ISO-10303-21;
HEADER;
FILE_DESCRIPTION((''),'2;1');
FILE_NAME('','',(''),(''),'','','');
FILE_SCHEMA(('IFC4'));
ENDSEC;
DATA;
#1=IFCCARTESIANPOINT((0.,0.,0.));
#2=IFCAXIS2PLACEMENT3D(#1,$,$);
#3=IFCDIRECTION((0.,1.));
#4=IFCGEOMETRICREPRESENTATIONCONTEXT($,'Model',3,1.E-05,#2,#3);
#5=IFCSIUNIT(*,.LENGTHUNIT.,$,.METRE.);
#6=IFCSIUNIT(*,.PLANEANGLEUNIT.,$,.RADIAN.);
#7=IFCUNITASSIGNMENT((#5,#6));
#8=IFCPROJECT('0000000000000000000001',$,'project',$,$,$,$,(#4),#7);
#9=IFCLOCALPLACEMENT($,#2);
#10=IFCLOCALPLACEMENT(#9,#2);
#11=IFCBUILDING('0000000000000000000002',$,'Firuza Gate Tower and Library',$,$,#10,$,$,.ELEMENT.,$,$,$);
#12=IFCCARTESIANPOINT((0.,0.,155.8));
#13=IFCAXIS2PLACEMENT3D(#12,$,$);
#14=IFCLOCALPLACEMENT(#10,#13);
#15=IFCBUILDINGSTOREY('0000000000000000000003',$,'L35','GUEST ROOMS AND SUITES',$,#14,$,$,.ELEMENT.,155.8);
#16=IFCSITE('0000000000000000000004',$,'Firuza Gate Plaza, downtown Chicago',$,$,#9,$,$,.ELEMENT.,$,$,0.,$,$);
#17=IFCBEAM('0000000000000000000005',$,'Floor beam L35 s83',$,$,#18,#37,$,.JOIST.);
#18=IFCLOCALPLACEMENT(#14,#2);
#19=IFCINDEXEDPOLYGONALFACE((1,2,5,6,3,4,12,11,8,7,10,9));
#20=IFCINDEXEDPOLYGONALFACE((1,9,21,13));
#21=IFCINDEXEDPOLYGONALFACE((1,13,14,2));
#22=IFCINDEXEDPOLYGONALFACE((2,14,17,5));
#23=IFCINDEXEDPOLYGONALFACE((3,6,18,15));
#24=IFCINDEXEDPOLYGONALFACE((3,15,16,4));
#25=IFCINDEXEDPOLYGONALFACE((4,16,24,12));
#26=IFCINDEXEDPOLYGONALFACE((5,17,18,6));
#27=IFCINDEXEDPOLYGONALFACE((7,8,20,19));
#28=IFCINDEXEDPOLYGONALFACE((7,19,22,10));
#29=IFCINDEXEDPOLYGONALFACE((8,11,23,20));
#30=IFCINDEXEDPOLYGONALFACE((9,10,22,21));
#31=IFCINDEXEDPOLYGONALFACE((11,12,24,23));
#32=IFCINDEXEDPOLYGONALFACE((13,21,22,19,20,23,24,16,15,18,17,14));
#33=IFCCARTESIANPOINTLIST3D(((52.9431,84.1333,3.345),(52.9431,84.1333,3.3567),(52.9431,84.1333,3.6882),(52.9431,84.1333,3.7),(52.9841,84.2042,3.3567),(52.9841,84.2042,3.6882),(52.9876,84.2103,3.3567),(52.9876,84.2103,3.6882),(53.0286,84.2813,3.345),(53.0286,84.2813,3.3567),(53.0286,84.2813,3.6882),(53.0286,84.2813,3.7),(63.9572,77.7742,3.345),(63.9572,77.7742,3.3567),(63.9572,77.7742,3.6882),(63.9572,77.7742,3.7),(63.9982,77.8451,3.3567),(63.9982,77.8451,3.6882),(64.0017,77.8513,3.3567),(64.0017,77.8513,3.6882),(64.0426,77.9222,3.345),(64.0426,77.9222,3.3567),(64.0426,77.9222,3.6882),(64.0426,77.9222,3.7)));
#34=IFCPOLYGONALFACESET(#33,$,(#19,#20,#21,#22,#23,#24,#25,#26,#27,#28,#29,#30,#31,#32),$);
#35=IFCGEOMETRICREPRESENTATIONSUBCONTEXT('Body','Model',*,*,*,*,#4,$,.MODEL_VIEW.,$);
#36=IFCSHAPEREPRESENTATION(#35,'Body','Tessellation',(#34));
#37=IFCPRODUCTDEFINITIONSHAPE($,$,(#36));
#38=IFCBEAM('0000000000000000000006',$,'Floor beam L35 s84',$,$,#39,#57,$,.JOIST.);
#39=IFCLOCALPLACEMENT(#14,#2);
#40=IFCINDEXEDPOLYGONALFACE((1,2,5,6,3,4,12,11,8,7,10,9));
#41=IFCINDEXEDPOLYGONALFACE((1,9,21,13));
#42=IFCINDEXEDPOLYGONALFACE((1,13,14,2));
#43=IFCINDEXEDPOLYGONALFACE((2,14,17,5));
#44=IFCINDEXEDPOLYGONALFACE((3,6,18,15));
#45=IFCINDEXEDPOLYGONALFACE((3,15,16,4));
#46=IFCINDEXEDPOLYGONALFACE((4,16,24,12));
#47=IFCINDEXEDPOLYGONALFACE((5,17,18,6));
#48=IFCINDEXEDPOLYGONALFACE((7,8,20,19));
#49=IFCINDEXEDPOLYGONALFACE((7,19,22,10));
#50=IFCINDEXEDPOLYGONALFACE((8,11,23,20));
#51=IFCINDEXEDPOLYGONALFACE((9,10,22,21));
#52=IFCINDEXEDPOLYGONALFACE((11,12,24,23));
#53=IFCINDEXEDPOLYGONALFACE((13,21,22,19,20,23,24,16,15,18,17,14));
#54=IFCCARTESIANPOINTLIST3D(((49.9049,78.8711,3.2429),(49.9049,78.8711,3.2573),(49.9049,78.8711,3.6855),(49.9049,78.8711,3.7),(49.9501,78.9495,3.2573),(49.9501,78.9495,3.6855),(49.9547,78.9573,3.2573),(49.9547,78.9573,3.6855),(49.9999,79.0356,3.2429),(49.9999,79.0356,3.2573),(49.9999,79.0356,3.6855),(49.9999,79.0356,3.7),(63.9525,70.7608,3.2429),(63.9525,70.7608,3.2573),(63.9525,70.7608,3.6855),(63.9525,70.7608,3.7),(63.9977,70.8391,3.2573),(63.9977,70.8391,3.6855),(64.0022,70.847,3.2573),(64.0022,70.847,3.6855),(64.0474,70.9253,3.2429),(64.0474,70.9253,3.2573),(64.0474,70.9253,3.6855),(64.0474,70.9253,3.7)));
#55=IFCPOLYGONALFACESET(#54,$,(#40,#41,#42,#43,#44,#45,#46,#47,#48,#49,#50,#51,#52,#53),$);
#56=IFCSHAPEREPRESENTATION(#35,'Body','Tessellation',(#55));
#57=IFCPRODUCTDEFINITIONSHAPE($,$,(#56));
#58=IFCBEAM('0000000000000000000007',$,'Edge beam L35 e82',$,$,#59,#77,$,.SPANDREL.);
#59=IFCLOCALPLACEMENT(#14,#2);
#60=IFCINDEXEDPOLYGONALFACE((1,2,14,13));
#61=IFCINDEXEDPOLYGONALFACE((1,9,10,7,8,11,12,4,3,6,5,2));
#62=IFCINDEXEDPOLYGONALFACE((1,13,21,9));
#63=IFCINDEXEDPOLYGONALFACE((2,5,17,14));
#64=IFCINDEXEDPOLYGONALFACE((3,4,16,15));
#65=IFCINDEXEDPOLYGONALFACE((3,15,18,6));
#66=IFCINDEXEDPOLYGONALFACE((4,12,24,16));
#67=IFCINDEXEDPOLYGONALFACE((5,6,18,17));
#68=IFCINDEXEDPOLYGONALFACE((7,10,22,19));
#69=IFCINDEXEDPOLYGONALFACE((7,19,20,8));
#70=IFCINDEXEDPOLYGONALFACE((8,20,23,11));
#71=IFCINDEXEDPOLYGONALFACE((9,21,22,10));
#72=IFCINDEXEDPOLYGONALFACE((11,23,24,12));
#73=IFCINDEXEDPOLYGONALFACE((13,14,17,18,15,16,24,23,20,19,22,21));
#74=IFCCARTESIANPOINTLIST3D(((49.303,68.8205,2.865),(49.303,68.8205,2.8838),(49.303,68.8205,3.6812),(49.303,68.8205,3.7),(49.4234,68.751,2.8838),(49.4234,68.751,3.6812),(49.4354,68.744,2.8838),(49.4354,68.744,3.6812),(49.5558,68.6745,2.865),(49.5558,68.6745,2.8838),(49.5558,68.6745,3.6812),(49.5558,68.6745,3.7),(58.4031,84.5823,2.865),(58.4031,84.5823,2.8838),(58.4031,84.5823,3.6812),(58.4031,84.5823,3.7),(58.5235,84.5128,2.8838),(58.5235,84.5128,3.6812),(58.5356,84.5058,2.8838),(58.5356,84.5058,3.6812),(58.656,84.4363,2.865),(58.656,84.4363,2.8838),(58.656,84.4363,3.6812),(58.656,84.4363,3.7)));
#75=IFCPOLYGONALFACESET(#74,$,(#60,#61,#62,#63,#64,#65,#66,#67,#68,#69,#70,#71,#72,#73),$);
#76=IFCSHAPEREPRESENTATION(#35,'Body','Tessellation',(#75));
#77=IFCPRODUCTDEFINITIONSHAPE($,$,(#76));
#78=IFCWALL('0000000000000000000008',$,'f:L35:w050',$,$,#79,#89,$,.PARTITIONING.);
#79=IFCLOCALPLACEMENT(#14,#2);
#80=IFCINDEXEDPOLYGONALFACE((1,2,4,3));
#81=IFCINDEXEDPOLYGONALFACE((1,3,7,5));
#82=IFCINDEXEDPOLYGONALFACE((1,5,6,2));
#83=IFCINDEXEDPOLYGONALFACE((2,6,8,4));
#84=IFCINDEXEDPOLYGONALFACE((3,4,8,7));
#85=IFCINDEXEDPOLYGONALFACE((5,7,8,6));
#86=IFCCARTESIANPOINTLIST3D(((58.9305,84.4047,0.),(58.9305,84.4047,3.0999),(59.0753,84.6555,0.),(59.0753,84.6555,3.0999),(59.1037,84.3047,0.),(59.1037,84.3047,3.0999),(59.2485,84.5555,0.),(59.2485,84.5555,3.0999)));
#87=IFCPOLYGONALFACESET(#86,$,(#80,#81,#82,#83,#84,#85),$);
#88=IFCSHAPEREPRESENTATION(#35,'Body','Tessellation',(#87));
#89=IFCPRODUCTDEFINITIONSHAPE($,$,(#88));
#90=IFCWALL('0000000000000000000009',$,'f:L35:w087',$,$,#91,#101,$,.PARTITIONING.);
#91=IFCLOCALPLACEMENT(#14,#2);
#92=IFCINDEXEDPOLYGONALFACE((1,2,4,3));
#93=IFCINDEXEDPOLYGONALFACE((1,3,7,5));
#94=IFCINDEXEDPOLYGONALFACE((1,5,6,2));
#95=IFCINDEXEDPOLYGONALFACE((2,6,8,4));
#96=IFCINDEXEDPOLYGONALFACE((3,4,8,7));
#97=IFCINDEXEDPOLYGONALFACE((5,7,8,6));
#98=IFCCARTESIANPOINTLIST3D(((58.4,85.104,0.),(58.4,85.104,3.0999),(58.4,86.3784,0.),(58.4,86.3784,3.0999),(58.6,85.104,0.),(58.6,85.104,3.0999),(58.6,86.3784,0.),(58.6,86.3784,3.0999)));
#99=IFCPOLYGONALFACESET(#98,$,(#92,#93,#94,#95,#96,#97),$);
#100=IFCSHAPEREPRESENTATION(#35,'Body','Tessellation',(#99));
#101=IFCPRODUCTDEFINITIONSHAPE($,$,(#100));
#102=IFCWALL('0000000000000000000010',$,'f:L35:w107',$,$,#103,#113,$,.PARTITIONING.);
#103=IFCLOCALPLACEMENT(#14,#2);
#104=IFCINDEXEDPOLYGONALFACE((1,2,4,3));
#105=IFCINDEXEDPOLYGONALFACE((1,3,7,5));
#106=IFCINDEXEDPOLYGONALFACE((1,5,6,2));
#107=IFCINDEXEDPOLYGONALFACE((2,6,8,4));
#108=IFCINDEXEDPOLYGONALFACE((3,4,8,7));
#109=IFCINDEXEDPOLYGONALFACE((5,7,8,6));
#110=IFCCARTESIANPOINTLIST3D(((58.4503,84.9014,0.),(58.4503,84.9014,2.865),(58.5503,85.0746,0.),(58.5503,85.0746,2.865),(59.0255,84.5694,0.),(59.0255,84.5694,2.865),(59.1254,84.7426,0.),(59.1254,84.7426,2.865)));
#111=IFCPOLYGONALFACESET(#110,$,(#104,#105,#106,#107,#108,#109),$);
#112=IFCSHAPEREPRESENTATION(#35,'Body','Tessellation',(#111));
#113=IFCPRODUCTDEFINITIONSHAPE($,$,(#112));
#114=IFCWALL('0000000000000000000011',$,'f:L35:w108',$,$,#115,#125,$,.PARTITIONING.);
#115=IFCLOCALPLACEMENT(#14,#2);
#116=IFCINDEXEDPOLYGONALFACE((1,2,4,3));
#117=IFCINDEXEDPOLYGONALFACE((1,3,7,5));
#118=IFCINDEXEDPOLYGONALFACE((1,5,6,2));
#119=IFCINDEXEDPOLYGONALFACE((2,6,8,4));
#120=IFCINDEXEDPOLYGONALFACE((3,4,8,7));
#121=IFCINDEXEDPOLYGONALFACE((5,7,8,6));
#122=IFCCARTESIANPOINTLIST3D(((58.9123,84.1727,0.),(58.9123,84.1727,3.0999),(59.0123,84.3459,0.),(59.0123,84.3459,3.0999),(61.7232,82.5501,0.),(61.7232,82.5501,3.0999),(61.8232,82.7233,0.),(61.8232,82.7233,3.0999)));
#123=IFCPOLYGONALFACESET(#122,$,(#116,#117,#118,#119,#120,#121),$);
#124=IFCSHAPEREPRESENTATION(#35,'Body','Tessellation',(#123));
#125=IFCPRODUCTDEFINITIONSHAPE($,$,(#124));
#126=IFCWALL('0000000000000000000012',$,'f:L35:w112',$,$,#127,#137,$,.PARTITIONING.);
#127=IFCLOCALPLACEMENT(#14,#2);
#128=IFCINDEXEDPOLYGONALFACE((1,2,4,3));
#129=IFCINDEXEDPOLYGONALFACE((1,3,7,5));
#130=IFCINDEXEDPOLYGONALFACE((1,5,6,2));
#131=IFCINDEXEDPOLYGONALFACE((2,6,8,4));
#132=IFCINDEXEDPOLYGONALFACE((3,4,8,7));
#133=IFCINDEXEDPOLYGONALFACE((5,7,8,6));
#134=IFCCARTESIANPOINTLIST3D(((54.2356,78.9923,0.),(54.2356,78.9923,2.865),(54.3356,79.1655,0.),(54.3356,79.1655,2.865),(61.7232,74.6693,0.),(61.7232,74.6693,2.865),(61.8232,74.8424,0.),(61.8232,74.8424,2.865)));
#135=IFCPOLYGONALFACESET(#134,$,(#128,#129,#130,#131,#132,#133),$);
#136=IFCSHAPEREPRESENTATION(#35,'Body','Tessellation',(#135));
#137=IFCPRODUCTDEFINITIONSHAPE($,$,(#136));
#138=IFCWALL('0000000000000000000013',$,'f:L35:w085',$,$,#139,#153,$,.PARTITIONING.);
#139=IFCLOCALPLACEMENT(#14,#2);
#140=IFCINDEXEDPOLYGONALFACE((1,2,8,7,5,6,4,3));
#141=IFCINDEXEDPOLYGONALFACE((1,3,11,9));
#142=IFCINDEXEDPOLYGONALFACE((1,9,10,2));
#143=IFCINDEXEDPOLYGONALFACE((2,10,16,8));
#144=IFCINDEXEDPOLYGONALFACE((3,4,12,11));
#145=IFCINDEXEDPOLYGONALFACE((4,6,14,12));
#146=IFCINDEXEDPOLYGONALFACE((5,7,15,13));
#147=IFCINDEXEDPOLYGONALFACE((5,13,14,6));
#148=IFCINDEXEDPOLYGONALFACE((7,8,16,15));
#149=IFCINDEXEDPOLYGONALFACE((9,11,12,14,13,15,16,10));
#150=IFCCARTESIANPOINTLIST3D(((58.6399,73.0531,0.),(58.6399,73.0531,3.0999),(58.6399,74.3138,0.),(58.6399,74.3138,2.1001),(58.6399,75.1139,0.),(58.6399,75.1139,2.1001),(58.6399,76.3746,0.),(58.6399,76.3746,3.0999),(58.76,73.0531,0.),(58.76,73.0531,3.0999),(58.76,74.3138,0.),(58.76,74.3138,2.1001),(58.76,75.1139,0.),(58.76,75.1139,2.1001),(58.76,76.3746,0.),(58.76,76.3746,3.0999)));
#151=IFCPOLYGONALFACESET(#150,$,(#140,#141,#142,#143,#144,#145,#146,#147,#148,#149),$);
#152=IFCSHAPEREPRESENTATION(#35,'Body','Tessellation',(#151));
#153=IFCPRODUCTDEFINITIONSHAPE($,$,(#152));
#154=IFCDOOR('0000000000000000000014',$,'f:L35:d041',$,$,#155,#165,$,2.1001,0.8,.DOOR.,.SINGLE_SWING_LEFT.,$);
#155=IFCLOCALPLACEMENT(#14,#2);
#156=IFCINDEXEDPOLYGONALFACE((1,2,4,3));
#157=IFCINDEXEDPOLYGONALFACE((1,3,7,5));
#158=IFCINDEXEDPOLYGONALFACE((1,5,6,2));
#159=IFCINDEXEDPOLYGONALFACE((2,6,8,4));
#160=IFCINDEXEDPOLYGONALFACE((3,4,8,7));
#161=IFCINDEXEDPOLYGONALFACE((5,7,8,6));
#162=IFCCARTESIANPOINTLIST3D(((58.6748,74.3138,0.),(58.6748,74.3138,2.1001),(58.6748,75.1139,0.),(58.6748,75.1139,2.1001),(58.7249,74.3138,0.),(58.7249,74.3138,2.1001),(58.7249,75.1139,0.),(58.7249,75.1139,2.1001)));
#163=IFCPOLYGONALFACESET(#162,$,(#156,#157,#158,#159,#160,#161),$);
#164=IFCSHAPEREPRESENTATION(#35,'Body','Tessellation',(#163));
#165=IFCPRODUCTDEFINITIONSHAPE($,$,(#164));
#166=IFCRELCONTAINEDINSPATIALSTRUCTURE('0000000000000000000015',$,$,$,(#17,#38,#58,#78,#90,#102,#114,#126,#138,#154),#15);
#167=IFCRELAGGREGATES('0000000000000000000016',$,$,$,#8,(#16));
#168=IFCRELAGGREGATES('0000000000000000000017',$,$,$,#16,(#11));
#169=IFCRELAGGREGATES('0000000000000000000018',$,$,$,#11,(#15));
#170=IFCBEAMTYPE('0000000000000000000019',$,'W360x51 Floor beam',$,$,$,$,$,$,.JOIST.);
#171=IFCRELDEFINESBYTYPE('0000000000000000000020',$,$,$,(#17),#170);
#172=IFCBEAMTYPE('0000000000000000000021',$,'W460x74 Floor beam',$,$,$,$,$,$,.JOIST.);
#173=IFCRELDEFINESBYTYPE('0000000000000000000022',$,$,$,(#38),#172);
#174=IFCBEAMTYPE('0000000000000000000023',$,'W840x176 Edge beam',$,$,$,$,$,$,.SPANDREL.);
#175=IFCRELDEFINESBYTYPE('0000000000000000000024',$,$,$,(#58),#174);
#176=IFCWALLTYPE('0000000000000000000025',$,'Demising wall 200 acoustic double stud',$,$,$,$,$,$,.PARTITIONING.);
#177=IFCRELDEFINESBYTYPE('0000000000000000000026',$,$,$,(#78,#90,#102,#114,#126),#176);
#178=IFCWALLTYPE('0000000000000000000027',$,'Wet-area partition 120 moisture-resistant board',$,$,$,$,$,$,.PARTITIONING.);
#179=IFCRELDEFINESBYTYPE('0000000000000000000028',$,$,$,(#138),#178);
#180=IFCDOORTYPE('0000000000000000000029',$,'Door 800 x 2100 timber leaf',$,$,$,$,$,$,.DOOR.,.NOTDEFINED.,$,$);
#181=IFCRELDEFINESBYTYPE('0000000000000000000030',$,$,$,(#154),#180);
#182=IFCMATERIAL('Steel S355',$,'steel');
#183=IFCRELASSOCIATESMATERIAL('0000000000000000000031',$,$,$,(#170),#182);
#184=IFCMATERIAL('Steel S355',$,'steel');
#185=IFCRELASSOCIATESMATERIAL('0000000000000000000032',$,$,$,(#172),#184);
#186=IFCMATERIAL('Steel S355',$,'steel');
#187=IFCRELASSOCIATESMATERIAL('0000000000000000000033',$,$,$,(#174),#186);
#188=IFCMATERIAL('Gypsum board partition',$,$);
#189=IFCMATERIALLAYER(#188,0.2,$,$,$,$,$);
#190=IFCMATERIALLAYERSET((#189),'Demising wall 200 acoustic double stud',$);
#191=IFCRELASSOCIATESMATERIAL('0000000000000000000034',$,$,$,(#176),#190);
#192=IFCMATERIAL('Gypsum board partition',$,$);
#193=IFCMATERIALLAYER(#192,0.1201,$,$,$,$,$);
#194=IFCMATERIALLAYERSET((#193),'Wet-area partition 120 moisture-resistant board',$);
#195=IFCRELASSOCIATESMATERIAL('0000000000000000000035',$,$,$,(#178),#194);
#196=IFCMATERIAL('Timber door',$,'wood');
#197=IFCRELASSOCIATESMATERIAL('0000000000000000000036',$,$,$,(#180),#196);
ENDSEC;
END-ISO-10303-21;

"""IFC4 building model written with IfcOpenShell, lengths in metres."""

from ifc_helpers import new_model, si_unit, direction, frame, frame_2d, origin, origin_2d, place, context, subcontext, project, spatial, rectangle, i_section, extrude, material, layer, layer_set, material_profile, profile_set, type_object, element, fill, save


model = new_model("IFC4")

# Units and contexts
model_context = context("Model", 3, precision=1e-05, world=origin(), true_north=direction((0.0, 1.0)))
body_context = subcontext(model_context, "Body", "Model", "MODEL_VIEW")
ifc_project = project(units=[si_unit("LENGTHUNIT", "METRE"), si_unit("PLANEANGLEUNIT", "RADIAN")], contexts=[model_context])

# Site, building, storey
site_placement = place(None, origin())
site = spatial("IfcSite", under=ifc_project, at=site_placement, Name="Firuza Gate Plaza, downtown Chicago", CompositionType="ELEMENT", RefElevation=0.0)
building_placement = place(site_placement, origin())
building = spatial("IfcBuilding", under=site, at=building_placement, Name="Firuza Gate Tower and Library", CompositionType="ELEMENT")
storey_placement = place(building_placement, frame((0.0, 0.0, 155.8)))
storey = spatial("IfcBuildingStorey", under=building, at=storey_placement, Name="L35", Description="GUEST ROOMS AND SUITES", CompositionType="ELEMENT", Elevation=155.8)

# Beams
ifc_material_1 = material(Name="Steel S355", Category="steel")
ifc_material_profile_1 = material_profile(ifc_material_1, i_section(OverallWidth=0.1709, OverallDepth=0.355, WebThickness=0.0071, FlangeThickness=0.0117, at=origin_2d()))
ifc_profile_set_1 = profile_set([ifc_material_profile_1], Name="Steel S355")
beam_type_1 = type_object("IfcBeamType", Name="W360x51 Floor beam", PredefinedType="JOIST", material=ifc_profile_set_1)
beam_1_placement = place(storey_placement, frame((52.9858, 84.2073, 3.5225), z_axis=(0.866022, -0.500006, 0.0), x_axis=(0.500006, 0.866022, 0.0)))
element("IfcBeam", 1, at=beam_1_placement, inside=storey, type_object=beam_type_1, Name="Floor beam L35 s83", PredefinedType="JOIST", context=body_context, shape_type="SweptSolid", body=[
    extrude(i_section(OverallWidth=0.1709, OverallDepth=0.355, WebThickness=0.0071, FlangeThickness=0.0117, at=origin_2d()), origin(), (0.0, 0.0, 1.0), 12.718),
])
ifc_material_2 = material(Name="Steel S355", Category="steel")
ifc_material_profile_2 = material_profile(ifc_material_2, i_section(OverallWidth=0.1899, OverallDepth=0.457, WebThickness=0.009, FlangeThickness=0.0144, at=origin_2d()))
ifc_profile_set_2 = profile_set([ifc_material_profile_2], Name="Steel S355")
beam_type_2 = type_object("IfcBeamType", Name="W460x74 Floor beam", PredefinedType="JOIST", material=ifc_profile_set_2)
beam_2_placement = place(storey_placement, frame((49.9524, 78.9534, 3.4714), z_axis=(0.866026, -0.499998, 0.0), x_axis=(0.499998, 0.866026, 0.0)))
element("IfcBeam", 2, at=beam_2_placement, inside=storey, type_object=beam_type_2, Name="Floor beam L35 s84", PredefinedType="JOIST", context=body_context, shape_type="SweptSolid", body=[
    extrude(i_section(OverallWidth=0.1899, OverallDepth=0.457, WebThickness=0.009, FlangeThickness=0.0144, at=origin_2d()), origin(), (0.0, 0.0, 1.0), 16.2207),
])
ifc_material_3 = material(Name="Steel S355", Category="steel")
ifc_material_profile_3 = material_profile(ifc_material_3, i_section(OverallWidth=0.292, OverallDepth=0.835, WebThickness=0.0139, FlangeThickness=0.0188, at=origin_2d()))
ifc_profile_set_3 = profile_set([ifc_material_profile_3], Name="Steel S355")
beam_type_3 = type_object("IfcBeamType", Name="W840x176 Edge beam", PredefinedType="SPANDREL", material=ifc_profile_set_3)
beam_3_placement = place(storey_placement, frame((58.5295, 84.5093, 3.2825), z_axis=(-0.500003, -0.866024, 0.0), x_axis=(0.866024, -0.500003, 0.0)))
element("IfcBeam", 3, at=beam_3_placement, inside=storey, type_object=beam_type_3, Name="Edge beam L35 e82", PredefinedType="SPANDREL", context=body_context, shape_type="SweptSolid", body=[
    extrude(i_section(OverallWidth=0.292, OverallDepth=0.835, WebThickness=0.0139, FlangeThickness=0.0188, at=origin_2d()), origin(), (0.0, 0.0, 1.0), 18.2002),
])

# Walls
ifc_material_4 = material(Name="Gypsum board partition")
ifc_layer_1 = layer(ifc_material_4, 0.2)
ifc_layer_set_1 = layer_set([ifc_layer_1], Name="Demising wall 200 acoustic double stud")
wall_type_1 = type_object("IfcWallType", Name="Demising wall 200 acoustic double stud", PredefinedType="PARTITIONING", material=ifc_layer_set_1)
wall_1_placement = place(storey_placement, frame((59.0171, 84.3547, 0.0), z_axis=(0.0, 0.0, 1.0), x_axis=(0.500039, 0.866003, 0.0)))
element("IfcWall", 4, at=wall_1_placement, inside=storey, type_object=wall_type_1, Name="f:L35:w050", PredefinedType="PARTITIONING", context=body_context, shape_type="SweptSolid", body=[
    extrude(rectangle(XDim=0.2896, YDim=0.2, at=frame_2d((0.1448, 0.0))), origin(), (0.0, 0.0, 1.0), 3.0999),
])
wall_2_placement = place(storey_placement, frame((58.5, 85.104, 0.0), z_axis=(0.0, 0.0, 1.0), x_axis=(0.0, 1.0, 0.0)))
element("IfcWall", 5, at=wall_2_placement, inside=storey, type_object=wall_type_1, Name="f:L35:w087", PredefinedType="PARTITIONING", context=body_context, shape_type="SweptSolid", body=[
    extrude(rectangle(XDim=1.2744, YDim=0.2, at=frame_2d((0.6372, 0.0))), origin(), (0.0, 0.0, 1.0), 3.0999),
])
wall_3_placement = place(storey_placement, frame((59.0754, 84.656, 0.0), z_axis=(0.0, 0.0, 1.0), x_axis=(-0.866063, 0.499935, 0.0)))
element("IfcWall", 6, at=wall_3_placement, inside=storey, type_object=wall_type_1, Name="f:L35:w107", PredefinedType="PARTITIONING", context=body_context, shape_type="SweptSolid", body=[
    extrude(rectangle(XDim=0.6641, YDim=0.2, at=frame_2d((0.332, 0.0))), origin(), (0.0, 0.0, 1.0), 2.865),
])
wall_4_placement = place(storey_placement, frame((61.7732, 82.6367, 0.0), z_axis=(0.0, 0.0, 1.0), x_axis=(-0.866059, 0.499942, 0.0)))
element("IfcWall", 7, at=wall_4_placement, inside=storey, type_object=wall_type_1, Name="f:L35:w108", PredefinedType="PARTITIONING", context=body_context, shape_type="SweptSolid", body=[
    extrude(rectangle(XDim=3.2456, YDim=0.2, at=frame_2d((1.6228, 0.0))), origin(), (0.0, 0.0, 1.0), 3.0999),
])
wall_5_placement = place(storey_placement, frame((61.7732, 74.7559, 0.0), z_axis=(0.0, 0.0, 1.0), x_axis=(-0.866022, 0.500005, 0.0)))
element("IfcWall", 8, at=wall_5_placement, inside=storey, type_object=wall_type_1, Name="f:L35:w112", PredefinedType="PARTITIONING", context=body_context, shape_type="SweptSolid", body=[
    extrude(rectangle(XDim=8.646, YDim=0.2, at=frame_2d((4.323, 0.0))), origin(), (0.0, 0.0, 1.0), 2.865),
])

# Wall, opening, door
ifc_material_5 = material(Name="Gypsum board partition")
ifc_layer_2 = layer(ifc_material_5, 0.1201)
ifc_layer_set_2 = layer_set([ifc_layer_2], Name="Wet-area partition 120 moisture-resistant board")
wall_type_2 = type_object("IfcWallType", Name="Wet-area partition 120 moisture-resistant board", PredefinedType="PARTITIONING", material=ifc_layer_set_2)
wall_6_placement = place(storey_placement, frame((58.7, 76.3745, 0.0), z_axis=(0.0, 0.0, 1.0), x_axis=(0.0, -1.0, 0.0)))
wall_6 = element("IfcWall", 9, at=wall_6_placement, inside=storey, type_object=wall_type_2, Name="f:L35:w085", PredefinedType="PARTITIONING", context=body_context, shape_type="SweptSolid", body=[
    extrude(rectangle(XDim=3.3215, YDim=0.1201, at=frame_2d((1.6606, 0.0))), origin(), (0.0, 0.0, 1.0), 3.0999),
])
opening_1_placement = place(wall_6_placement, frame((1.2607, 0.0, 0.0)))
opening_1 = element("IfcOpeningElement", 10, at=opening_1_placement, cuts=wall_6, PredefinedType="OPENING", context=body_context, shape_type="SweptSolid", body=[
    extrude(rectangle(XDim=0.8, YDim=2.1001, at=frame_2d((0.3999, 1.05))), frame((0.0, 0.0701, 0.0), z_axis=(0.0, -1.0, 0.0), x_axis=(1.0, 0.0, 0.0)), (0.0, 0.0, 1.0), 0.1401),
])
ifc_material_6 = material(Name="Timber door", Category="wood")
door_type = type_object("IfcDoorType", Name="Door 800 x 2100 timber leaf", OperationType="NOTDEFINED", PredefinedType="DOOR", material=ifc_material_6)
door_1_placement = place(opening_1_placement, origin())
door_1 = element("IfcDoor", 11, at=door_1_placement, inside=storey, type_object=door_type, Name="f:L35:d041", OperationType="SINGLE_SWING_LEFT", OverallHeight=2.1001, OverallWidth=0.8, PredefinedType="DOOR", context=body_context, shape_type="SweptSolid", body=[
    extrude(rectangle(XDim=0.8, YDim=2.1001, at=frame_2d((0.3999, 1.05))), frame((0.0, 0.0249, 0.0), z_axis=(0.0, -1.0, 0.0), x_axis=(1.0, 0.0, 0.0)), (0.0, 0.0, 1.0), 0.05),
])
fill(opening_1, door_1)

save(model, "model.ifc")
